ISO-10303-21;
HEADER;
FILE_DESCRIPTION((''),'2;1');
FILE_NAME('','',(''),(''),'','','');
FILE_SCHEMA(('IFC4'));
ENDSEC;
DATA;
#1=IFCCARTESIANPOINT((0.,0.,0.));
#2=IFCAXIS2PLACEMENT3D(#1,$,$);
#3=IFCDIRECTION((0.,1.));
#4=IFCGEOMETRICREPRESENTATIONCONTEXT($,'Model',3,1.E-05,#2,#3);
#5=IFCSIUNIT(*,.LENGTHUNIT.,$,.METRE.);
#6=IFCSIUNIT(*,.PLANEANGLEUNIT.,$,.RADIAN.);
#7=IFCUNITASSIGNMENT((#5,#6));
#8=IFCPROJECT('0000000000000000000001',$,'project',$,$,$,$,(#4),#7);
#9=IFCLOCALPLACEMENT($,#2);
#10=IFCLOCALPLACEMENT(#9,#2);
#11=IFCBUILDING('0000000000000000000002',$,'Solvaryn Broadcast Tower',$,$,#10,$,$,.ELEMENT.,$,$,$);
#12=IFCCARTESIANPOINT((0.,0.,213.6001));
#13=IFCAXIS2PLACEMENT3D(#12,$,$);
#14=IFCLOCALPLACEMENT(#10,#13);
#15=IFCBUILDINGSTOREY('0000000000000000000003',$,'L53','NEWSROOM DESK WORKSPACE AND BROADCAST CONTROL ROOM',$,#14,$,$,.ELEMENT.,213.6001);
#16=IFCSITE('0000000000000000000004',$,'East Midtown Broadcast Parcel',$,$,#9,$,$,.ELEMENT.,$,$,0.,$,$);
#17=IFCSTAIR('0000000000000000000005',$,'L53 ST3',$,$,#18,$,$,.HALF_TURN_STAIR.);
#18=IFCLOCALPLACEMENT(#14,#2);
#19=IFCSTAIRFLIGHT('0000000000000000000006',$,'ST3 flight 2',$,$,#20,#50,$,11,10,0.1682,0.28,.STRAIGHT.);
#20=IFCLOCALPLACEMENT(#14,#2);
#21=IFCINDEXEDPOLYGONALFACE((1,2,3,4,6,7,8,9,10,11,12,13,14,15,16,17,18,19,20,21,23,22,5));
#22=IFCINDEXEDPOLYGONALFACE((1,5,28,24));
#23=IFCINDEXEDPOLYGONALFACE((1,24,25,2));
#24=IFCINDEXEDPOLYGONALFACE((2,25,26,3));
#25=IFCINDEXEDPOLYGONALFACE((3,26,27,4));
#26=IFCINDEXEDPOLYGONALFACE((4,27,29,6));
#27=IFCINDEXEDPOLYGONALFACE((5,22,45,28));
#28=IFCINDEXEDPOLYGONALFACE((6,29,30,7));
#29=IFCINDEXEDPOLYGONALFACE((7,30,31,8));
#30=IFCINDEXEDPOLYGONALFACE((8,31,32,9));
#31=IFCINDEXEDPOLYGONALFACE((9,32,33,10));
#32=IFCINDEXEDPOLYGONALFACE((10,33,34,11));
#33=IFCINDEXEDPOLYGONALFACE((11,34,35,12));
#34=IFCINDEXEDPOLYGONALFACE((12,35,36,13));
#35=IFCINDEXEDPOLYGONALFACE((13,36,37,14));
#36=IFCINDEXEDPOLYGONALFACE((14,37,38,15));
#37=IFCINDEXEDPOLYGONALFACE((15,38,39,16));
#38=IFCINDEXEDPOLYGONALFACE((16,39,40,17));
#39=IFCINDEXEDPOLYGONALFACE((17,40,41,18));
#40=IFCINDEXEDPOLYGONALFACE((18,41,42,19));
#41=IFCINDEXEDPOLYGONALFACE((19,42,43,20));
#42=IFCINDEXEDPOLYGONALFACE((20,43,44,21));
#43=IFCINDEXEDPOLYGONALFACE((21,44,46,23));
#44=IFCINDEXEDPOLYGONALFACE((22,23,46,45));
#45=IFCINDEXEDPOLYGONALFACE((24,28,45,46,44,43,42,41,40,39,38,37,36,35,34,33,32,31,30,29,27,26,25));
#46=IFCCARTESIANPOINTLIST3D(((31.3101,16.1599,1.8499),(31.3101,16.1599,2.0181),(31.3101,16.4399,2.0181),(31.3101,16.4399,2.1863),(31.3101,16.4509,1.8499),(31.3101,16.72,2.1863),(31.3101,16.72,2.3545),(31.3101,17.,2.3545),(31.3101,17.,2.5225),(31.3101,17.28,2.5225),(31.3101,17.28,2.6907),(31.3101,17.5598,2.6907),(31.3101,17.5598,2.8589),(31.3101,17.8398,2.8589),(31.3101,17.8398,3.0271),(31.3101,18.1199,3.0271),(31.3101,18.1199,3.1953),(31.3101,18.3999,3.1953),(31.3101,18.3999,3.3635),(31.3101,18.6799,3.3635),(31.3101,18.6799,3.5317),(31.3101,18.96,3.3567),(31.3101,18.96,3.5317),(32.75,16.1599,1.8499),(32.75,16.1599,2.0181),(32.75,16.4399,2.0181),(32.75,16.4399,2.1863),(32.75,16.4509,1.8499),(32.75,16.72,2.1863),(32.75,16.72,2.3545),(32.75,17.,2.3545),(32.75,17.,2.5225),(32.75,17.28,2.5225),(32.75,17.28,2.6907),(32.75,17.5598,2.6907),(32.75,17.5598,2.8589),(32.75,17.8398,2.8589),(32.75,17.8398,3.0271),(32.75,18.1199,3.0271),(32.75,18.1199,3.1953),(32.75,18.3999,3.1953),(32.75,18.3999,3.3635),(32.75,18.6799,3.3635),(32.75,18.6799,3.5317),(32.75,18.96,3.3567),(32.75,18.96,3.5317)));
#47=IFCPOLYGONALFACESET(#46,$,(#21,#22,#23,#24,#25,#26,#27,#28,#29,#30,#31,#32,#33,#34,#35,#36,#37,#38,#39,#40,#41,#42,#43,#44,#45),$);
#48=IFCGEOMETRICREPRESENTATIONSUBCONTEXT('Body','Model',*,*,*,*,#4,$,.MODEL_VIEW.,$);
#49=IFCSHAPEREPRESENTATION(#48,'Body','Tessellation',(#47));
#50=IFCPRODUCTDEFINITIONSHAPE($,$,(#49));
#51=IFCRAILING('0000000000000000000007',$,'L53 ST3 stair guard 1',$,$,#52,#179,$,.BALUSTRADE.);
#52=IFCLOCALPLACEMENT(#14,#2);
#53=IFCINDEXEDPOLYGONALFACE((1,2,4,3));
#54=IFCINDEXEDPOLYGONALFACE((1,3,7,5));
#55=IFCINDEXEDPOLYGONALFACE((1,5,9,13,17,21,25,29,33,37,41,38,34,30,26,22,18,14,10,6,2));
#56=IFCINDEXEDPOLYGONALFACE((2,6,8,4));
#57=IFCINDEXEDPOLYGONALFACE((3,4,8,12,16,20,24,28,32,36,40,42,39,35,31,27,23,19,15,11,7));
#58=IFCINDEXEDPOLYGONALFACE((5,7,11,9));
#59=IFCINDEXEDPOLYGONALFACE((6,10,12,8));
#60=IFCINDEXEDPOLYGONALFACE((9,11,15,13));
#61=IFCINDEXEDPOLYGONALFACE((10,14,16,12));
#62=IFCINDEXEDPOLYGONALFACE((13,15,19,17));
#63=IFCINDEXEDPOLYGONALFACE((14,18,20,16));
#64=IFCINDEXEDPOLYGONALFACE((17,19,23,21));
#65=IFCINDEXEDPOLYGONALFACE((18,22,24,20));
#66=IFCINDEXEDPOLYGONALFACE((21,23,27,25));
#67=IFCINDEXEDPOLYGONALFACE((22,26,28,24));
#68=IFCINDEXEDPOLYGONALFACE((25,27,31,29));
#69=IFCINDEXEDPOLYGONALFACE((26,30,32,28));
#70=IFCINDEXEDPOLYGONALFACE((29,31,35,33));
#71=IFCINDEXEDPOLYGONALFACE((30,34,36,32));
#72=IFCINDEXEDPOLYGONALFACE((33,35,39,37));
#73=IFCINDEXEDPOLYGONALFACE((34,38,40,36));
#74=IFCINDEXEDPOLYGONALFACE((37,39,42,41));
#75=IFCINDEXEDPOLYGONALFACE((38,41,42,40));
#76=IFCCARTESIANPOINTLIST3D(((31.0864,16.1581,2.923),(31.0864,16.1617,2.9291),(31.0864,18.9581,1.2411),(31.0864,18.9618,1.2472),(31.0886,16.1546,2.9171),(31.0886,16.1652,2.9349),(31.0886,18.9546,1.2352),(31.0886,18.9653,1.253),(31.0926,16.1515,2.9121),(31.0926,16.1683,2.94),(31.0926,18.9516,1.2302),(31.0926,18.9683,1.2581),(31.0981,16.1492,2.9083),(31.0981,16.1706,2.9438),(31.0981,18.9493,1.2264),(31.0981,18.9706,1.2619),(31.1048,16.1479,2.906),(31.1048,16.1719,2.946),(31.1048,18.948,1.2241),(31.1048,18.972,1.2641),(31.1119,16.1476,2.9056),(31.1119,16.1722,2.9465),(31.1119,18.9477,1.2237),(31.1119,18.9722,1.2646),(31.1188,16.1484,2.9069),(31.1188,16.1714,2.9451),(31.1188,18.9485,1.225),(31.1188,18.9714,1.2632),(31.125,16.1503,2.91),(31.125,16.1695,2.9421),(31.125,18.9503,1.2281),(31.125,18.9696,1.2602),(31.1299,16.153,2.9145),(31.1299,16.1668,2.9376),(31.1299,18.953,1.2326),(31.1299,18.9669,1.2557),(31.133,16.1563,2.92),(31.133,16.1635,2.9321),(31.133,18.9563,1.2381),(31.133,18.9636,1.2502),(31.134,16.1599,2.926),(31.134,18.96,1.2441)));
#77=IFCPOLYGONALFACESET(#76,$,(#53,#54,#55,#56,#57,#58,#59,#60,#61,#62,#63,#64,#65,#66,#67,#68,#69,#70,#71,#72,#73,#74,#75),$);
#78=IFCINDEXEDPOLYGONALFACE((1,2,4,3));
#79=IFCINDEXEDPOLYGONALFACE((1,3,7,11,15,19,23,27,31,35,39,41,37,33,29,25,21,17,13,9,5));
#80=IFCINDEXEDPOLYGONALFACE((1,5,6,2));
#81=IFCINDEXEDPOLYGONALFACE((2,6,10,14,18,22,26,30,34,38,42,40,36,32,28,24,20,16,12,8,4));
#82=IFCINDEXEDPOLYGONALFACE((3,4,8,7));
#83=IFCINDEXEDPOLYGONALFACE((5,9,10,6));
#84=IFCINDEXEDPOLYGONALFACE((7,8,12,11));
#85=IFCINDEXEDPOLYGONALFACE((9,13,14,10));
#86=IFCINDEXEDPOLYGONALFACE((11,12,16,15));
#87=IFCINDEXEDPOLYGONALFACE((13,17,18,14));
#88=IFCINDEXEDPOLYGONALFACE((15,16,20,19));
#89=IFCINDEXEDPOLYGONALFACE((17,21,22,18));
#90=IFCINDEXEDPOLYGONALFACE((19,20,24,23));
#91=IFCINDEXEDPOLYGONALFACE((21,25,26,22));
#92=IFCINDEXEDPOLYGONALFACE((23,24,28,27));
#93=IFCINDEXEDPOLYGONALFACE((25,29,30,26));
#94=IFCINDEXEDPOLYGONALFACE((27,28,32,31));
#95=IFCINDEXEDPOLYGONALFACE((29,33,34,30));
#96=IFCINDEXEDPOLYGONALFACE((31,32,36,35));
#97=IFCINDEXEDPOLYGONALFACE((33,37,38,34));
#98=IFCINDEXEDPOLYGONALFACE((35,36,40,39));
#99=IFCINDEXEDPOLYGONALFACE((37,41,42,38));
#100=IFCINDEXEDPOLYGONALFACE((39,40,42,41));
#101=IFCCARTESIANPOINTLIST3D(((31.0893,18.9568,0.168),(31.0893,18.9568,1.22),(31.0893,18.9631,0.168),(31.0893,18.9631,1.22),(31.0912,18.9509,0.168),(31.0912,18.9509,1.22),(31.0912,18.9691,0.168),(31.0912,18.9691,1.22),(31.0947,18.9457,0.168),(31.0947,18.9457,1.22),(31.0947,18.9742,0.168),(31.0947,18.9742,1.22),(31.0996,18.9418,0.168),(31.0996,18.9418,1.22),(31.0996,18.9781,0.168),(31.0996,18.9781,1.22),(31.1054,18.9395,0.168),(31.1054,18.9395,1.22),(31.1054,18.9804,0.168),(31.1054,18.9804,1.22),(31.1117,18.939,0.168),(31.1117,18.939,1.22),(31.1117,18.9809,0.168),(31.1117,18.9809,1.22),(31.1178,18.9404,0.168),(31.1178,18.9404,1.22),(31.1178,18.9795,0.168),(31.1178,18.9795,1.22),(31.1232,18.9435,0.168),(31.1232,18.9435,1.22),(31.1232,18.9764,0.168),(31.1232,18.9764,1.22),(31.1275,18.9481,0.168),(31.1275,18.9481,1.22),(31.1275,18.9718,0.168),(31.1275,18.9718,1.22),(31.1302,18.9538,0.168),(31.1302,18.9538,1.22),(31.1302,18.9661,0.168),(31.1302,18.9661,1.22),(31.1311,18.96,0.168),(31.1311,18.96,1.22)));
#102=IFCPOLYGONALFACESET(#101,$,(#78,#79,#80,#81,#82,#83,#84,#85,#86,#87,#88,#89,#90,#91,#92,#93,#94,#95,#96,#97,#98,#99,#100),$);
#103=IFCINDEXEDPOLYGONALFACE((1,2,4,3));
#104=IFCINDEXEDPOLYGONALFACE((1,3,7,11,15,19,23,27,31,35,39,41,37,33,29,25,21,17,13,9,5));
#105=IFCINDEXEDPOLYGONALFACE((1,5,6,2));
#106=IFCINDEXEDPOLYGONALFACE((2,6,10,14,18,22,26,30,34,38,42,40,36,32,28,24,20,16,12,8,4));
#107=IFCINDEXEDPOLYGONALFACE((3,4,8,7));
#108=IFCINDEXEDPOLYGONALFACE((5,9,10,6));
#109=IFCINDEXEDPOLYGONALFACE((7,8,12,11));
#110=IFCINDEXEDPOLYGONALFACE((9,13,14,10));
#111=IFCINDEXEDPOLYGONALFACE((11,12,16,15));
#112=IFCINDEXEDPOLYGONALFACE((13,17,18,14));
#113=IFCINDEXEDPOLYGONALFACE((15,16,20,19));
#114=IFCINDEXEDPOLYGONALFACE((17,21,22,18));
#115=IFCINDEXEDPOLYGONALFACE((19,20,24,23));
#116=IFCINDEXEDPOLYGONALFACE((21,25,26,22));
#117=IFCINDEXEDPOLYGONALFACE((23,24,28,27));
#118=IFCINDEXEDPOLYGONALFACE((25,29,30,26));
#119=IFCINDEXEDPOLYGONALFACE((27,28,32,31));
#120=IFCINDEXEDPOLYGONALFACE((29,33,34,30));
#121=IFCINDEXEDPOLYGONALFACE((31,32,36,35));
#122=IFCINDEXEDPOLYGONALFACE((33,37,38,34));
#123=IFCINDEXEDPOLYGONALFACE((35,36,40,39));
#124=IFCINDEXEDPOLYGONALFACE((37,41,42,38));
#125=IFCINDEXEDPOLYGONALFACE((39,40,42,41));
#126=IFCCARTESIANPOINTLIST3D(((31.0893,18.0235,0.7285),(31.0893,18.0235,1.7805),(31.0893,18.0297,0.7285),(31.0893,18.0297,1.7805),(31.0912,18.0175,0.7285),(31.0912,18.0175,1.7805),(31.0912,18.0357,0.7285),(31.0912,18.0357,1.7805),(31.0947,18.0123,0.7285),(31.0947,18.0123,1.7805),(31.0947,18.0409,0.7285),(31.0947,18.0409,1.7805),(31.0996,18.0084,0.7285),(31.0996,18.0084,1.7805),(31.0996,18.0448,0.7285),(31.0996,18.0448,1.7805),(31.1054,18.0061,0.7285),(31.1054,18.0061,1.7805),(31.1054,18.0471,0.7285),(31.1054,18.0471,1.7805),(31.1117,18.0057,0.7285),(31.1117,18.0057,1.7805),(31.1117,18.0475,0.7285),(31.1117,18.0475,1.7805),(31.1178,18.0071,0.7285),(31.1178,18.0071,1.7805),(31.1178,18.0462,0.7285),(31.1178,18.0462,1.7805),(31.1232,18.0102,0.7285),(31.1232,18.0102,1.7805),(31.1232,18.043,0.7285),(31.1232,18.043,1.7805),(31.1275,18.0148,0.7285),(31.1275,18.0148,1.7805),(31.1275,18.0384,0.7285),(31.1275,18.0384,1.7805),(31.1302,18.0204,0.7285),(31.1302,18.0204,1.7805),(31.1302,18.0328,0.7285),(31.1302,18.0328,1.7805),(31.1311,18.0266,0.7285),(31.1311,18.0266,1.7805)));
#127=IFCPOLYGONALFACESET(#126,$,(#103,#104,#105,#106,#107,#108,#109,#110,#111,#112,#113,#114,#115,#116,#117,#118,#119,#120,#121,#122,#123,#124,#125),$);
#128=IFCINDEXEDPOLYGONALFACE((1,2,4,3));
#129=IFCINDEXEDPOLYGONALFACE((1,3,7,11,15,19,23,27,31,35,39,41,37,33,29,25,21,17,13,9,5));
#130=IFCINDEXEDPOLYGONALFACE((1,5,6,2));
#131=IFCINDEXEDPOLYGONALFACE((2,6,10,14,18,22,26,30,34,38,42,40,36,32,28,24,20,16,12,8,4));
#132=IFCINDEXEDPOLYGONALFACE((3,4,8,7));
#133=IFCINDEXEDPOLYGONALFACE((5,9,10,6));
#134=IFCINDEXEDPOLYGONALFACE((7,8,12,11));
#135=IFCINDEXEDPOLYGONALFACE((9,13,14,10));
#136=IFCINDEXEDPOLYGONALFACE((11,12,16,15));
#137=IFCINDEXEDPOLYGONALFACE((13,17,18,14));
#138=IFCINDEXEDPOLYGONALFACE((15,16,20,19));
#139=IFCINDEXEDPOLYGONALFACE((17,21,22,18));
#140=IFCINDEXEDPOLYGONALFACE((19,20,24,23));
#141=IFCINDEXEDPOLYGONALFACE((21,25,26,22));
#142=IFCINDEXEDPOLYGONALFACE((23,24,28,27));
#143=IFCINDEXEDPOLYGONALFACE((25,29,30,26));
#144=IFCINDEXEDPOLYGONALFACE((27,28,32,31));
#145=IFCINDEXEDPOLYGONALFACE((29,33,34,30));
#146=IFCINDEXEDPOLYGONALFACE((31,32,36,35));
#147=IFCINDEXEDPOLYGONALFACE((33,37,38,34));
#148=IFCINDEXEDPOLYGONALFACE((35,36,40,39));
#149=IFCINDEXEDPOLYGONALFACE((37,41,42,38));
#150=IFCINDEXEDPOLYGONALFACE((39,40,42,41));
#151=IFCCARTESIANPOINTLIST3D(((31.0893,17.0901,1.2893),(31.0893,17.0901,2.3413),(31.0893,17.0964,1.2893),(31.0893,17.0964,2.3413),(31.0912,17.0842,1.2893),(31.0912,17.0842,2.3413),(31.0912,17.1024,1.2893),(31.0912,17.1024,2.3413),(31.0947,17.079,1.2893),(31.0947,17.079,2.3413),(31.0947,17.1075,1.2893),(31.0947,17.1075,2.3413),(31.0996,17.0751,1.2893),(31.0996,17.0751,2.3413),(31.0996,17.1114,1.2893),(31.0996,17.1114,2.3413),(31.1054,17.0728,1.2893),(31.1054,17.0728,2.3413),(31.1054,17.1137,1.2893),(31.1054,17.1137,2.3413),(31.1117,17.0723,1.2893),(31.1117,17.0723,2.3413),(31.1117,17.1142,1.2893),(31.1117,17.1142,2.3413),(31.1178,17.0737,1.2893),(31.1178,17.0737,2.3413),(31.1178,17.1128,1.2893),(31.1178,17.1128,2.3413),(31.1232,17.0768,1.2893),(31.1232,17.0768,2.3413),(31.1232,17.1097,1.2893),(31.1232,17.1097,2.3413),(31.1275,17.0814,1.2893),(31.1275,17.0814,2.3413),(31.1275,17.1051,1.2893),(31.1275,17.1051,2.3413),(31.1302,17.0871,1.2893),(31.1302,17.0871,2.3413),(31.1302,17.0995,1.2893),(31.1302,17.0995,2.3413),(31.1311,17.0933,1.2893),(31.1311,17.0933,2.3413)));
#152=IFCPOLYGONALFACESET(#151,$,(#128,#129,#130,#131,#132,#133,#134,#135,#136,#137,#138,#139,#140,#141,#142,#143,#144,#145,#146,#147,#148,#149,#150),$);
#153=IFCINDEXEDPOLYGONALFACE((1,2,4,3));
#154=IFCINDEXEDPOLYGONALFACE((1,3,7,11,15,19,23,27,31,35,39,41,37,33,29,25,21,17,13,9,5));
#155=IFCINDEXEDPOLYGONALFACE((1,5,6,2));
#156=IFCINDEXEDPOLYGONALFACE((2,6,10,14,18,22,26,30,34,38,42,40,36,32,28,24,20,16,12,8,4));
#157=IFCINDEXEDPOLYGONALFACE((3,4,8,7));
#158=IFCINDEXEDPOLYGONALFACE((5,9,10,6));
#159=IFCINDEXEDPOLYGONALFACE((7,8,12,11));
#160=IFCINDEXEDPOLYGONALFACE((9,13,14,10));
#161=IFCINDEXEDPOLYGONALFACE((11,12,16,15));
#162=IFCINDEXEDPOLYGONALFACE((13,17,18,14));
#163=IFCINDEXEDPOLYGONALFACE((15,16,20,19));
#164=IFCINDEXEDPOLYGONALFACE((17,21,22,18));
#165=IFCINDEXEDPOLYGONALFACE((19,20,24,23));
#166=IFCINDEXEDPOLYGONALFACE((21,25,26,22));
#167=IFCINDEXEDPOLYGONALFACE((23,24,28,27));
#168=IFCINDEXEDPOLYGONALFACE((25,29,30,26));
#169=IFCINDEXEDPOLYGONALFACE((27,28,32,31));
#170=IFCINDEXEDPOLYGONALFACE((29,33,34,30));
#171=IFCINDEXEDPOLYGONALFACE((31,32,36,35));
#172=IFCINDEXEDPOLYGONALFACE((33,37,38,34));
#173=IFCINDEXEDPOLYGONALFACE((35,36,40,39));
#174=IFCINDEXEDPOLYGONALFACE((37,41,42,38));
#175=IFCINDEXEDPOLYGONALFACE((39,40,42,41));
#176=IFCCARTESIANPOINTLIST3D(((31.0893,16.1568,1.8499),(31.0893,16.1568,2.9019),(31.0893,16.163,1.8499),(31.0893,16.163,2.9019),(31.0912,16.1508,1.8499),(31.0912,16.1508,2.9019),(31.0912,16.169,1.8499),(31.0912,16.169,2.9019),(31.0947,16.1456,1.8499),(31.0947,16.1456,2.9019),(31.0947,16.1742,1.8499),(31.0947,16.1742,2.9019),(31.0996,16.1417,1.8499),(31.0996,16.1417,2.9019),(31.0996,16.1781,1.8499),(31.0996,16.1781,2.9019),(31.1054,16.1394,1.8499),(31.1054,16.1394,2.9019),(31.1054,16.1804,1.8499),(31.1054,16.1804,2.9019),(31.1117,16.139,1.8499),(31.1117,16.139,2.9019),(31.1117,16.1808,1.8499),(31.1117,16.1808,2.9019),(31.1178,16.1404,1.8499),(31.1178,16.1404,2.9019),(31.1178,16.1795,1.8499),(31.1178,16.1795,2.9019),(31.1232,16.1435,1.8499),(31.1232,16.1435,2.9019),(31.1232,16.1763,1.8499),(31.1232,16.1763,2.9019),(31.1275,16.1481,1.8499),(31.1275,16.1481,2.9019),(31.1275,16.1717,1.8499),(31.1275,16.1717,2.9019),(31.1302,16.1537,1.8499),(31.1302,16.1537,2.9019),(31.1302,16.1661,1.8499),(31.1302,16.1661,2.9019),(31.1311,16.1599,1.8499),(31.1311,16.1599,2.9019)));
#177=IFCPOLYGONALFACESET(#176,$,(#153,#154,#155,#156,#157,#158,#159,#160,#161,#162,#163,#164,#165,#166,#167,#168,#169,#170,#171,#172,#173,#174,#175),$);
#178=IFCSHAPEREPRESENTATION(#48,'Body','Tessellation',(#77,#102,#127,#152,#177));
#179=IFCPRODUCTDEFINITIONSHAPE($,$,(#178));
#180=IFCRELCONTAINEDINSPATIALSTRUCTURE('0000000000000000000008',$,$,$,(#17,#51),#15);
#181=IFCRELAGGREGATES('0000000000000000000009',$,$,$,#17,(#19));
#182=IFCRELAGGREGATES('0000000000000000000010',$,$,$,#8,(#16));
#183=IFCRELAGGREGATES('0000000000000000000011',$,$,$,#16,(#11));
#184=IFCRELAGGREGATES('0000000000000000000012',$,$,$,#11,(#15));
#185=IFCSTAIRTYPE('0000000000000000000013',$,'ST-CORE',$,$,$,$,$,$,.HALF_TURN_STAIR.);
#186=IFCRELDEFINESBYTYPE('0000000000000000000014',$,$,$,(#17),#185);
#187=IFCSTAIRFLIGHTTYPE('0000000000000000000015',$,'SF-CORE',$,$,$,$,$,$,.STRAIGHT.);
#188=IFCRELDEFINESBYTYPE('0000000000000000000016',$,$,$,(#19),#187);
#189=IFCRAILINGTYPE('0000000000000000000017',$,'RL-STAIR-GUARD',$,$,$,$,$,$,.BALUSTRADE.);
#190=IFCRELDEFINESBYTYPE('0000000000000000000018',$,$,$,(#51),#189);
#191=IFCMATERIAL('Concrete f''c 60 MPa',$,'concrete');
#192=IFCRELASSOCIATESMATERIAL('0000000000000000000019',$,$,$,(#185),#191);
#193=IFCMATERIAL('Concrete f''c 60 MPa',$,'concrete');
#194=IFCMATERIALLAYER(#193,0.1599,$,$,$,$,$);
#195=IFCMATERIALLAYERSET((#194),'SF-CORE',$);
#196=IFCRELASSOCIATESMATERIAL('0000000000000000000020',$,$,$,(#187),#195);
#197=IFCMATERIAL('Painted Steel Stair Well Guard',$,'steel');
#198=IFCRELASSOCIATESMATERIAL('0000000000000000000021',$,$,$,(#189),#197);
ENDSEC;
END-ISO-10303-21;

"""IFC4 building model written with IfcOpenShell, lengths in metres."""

from ifc_helpers import new_model, si_unit, direction, frame, origin, origin_2d, place, context, subcontext, project, spatial, polyline, circle, outline, extrude, material, layer, layer_set, type_object, element, aggregate, save


model = new_model("IFC4")

# Units and contexts
model_context = context("Model", 3, precision=1e-05, world=origin(), true_north=direction((0.0, 1.0)))
body_context = subcontext(model_context, "Body", "Model", "MODEL_VIEW")
ifc_project = project(units=[si_unit("LENGTHUNIT", "METRE"), si_unit("PLANEANGLEUNIT", "RADIAN")], contexts=[model_context])

# Site, building, storey
site_placement = place(None, origin())
site = spatial("IfcSite", under=ifc_project, at=site_placement, Name="East Midtown Broadcast Parcel", CompositionType="ELEMENT", RefElevation=0.0)
building_placement = place(site_placement, origin())
building = spatial("IfcBuilding", under=site, at=building_placement, Name="Solvaryn Broadcast Tower", CompositionType="ELEMENT")
storey_placement = place(building_placement, frame((0.0, 0.0, 213.6001)))
storey = spatial("IfcBuildingStorey", under=building, at=storey_placement, Name="L53", Description="NEWSROOM DESK WORKSPACE AND BROADCAST CONTROL ROOM", CompositionType="ELEMENT", Elevation=213.6001)

# Stair, stair flight
ifc_material_1 = material(Name="Concrete f'c 60 MPa", Category="concrete")
stair_type = type_object("IfcStairType", Name="ST-CORE", PredefinedType="HALF_TURN_STAIR", material=ifc_material_1)
stair_placement = place(storey_placement, origin())
stair = element("IfcStair", 1, at=stair_placement, inside=storey, type_object=stair_type, Name="L53 ST3", PredefinedType="HALF_TURN_STAIR")
ifc_material_2 = material(Name="Concrete f'c 60 MPa", Category="concrete")
ifc_layer_1 = layer(ifc_material_2, 0.1599)
ifc_layer_set_1 = layer_set([ifc_layer_1], Name="SF-CORE")
stair_flight_type = type_object("IfcStairFlightType", Name="SF-CORE", PredefinedType="STRAIGHT", material=ifc_layer_set_1)
stair_flight_1_placement = place(storey_placement, frame((32.03, 16.1599, 1.8499), z_axis=(0.0, 0.0, 1.0), x_axis=(0.0, 1.0, 0.0)))
stair_flight_1 = element("IfcStairFlight", 2, at=stair_flight_1_placement, type_object=stair_flight_type, Name="ST3 flight 2", NumberOfRisers=11, NumberOfTreads=10, PredefinedType="STRAIGHT", RiserHeight=0.1682, TreadLength=0.28, context=body_context, shape_type="SweptSolid", body=[
    extrude(outline(polyline([(0.0, 0.0), (0.0, 0.1682), (0.28, 0.1682), (0.28, 0.3364), (0.5601, 0.3364), (0.5601, 0.5046), (0.8401, 0.5046), (0.8401, 0.6726), (1.1201, 0.6726), (1.1201, 0.8408), (1.3999, 0.8408), (1.3999, 1.009), (1.6799, 1.009), (1.6799, 1.1772), (1.96, 1.1772), (1.96, 1.3455), (2.24, 1.3455), (2.24, 1.5137), (2.52, 1.5137), (2.52, 1.6819), (2.8, 1.6819), (2.8, 1.8501), (2.8, 1.5068), (0.291, 0.0), (0.0, 0.0)])), frame((0.0, 0.72, 0.0), z_axis=(0.0, -1.0, 0.0), x_axis=(1.0, 0.0, 0.0)), (0.0, 0.0, 1.0), 1.4399),
])
aggregate(stair, [stair_flight_1])

# Railing
ifc_material_3 = material(Name="Painted Steel Stair Well Guard", Category="steel")
railing_type_1 = type_object("IfcRailingType", Name="RL-STAIR-GUARD", PredefinedType="BALUSTRADE", material=ifc_material_3)
railing_1_placement = place(storey_placement, frame((31.1101, 18.96, 0.168)))
element("IfcRailing", 3, at=railing_1_placement, inside=storey, type_object=railing_type_1, Name="L53 ST3 stair guard 1", PredefinedType="BALUSTRADE", context=body_context, shape_type="SweptSolid", body=[
    extrude(circle(Radius=0.0239, at=origin_2d()), frame((0.0, 0.0, 1.0762), z_axis=(0.0, -0.857242, 0.514913), x_axis=(1.0, 0.0, 0.0)), (0.0, 0.0, 1.0), 3.2664),
    extrude(circle(Radius=0.021, at=origin_2d()), origin(), (0.0, 0.0, 1.0), 1.052),
    extrude(circle(Radius=0.021, at=origin_2d()), frame((0.0, -0.9333, 0.5605)), (0.0, 0.0, 1.0), 1.052),
    extrude(circle(Radius=0.021, at=origin_2d()), frame((0.0, -1.8667, 1.1213)), (0.0, 0.0, 1.0), 1.052),
    extrude(circle(Radius=0.021, at=origin_2d()), frame((0.0, -2.8, 1.6819)), (0.0, 0.0, 1.0), 1.052),
])

save(model, "model.ifc")
